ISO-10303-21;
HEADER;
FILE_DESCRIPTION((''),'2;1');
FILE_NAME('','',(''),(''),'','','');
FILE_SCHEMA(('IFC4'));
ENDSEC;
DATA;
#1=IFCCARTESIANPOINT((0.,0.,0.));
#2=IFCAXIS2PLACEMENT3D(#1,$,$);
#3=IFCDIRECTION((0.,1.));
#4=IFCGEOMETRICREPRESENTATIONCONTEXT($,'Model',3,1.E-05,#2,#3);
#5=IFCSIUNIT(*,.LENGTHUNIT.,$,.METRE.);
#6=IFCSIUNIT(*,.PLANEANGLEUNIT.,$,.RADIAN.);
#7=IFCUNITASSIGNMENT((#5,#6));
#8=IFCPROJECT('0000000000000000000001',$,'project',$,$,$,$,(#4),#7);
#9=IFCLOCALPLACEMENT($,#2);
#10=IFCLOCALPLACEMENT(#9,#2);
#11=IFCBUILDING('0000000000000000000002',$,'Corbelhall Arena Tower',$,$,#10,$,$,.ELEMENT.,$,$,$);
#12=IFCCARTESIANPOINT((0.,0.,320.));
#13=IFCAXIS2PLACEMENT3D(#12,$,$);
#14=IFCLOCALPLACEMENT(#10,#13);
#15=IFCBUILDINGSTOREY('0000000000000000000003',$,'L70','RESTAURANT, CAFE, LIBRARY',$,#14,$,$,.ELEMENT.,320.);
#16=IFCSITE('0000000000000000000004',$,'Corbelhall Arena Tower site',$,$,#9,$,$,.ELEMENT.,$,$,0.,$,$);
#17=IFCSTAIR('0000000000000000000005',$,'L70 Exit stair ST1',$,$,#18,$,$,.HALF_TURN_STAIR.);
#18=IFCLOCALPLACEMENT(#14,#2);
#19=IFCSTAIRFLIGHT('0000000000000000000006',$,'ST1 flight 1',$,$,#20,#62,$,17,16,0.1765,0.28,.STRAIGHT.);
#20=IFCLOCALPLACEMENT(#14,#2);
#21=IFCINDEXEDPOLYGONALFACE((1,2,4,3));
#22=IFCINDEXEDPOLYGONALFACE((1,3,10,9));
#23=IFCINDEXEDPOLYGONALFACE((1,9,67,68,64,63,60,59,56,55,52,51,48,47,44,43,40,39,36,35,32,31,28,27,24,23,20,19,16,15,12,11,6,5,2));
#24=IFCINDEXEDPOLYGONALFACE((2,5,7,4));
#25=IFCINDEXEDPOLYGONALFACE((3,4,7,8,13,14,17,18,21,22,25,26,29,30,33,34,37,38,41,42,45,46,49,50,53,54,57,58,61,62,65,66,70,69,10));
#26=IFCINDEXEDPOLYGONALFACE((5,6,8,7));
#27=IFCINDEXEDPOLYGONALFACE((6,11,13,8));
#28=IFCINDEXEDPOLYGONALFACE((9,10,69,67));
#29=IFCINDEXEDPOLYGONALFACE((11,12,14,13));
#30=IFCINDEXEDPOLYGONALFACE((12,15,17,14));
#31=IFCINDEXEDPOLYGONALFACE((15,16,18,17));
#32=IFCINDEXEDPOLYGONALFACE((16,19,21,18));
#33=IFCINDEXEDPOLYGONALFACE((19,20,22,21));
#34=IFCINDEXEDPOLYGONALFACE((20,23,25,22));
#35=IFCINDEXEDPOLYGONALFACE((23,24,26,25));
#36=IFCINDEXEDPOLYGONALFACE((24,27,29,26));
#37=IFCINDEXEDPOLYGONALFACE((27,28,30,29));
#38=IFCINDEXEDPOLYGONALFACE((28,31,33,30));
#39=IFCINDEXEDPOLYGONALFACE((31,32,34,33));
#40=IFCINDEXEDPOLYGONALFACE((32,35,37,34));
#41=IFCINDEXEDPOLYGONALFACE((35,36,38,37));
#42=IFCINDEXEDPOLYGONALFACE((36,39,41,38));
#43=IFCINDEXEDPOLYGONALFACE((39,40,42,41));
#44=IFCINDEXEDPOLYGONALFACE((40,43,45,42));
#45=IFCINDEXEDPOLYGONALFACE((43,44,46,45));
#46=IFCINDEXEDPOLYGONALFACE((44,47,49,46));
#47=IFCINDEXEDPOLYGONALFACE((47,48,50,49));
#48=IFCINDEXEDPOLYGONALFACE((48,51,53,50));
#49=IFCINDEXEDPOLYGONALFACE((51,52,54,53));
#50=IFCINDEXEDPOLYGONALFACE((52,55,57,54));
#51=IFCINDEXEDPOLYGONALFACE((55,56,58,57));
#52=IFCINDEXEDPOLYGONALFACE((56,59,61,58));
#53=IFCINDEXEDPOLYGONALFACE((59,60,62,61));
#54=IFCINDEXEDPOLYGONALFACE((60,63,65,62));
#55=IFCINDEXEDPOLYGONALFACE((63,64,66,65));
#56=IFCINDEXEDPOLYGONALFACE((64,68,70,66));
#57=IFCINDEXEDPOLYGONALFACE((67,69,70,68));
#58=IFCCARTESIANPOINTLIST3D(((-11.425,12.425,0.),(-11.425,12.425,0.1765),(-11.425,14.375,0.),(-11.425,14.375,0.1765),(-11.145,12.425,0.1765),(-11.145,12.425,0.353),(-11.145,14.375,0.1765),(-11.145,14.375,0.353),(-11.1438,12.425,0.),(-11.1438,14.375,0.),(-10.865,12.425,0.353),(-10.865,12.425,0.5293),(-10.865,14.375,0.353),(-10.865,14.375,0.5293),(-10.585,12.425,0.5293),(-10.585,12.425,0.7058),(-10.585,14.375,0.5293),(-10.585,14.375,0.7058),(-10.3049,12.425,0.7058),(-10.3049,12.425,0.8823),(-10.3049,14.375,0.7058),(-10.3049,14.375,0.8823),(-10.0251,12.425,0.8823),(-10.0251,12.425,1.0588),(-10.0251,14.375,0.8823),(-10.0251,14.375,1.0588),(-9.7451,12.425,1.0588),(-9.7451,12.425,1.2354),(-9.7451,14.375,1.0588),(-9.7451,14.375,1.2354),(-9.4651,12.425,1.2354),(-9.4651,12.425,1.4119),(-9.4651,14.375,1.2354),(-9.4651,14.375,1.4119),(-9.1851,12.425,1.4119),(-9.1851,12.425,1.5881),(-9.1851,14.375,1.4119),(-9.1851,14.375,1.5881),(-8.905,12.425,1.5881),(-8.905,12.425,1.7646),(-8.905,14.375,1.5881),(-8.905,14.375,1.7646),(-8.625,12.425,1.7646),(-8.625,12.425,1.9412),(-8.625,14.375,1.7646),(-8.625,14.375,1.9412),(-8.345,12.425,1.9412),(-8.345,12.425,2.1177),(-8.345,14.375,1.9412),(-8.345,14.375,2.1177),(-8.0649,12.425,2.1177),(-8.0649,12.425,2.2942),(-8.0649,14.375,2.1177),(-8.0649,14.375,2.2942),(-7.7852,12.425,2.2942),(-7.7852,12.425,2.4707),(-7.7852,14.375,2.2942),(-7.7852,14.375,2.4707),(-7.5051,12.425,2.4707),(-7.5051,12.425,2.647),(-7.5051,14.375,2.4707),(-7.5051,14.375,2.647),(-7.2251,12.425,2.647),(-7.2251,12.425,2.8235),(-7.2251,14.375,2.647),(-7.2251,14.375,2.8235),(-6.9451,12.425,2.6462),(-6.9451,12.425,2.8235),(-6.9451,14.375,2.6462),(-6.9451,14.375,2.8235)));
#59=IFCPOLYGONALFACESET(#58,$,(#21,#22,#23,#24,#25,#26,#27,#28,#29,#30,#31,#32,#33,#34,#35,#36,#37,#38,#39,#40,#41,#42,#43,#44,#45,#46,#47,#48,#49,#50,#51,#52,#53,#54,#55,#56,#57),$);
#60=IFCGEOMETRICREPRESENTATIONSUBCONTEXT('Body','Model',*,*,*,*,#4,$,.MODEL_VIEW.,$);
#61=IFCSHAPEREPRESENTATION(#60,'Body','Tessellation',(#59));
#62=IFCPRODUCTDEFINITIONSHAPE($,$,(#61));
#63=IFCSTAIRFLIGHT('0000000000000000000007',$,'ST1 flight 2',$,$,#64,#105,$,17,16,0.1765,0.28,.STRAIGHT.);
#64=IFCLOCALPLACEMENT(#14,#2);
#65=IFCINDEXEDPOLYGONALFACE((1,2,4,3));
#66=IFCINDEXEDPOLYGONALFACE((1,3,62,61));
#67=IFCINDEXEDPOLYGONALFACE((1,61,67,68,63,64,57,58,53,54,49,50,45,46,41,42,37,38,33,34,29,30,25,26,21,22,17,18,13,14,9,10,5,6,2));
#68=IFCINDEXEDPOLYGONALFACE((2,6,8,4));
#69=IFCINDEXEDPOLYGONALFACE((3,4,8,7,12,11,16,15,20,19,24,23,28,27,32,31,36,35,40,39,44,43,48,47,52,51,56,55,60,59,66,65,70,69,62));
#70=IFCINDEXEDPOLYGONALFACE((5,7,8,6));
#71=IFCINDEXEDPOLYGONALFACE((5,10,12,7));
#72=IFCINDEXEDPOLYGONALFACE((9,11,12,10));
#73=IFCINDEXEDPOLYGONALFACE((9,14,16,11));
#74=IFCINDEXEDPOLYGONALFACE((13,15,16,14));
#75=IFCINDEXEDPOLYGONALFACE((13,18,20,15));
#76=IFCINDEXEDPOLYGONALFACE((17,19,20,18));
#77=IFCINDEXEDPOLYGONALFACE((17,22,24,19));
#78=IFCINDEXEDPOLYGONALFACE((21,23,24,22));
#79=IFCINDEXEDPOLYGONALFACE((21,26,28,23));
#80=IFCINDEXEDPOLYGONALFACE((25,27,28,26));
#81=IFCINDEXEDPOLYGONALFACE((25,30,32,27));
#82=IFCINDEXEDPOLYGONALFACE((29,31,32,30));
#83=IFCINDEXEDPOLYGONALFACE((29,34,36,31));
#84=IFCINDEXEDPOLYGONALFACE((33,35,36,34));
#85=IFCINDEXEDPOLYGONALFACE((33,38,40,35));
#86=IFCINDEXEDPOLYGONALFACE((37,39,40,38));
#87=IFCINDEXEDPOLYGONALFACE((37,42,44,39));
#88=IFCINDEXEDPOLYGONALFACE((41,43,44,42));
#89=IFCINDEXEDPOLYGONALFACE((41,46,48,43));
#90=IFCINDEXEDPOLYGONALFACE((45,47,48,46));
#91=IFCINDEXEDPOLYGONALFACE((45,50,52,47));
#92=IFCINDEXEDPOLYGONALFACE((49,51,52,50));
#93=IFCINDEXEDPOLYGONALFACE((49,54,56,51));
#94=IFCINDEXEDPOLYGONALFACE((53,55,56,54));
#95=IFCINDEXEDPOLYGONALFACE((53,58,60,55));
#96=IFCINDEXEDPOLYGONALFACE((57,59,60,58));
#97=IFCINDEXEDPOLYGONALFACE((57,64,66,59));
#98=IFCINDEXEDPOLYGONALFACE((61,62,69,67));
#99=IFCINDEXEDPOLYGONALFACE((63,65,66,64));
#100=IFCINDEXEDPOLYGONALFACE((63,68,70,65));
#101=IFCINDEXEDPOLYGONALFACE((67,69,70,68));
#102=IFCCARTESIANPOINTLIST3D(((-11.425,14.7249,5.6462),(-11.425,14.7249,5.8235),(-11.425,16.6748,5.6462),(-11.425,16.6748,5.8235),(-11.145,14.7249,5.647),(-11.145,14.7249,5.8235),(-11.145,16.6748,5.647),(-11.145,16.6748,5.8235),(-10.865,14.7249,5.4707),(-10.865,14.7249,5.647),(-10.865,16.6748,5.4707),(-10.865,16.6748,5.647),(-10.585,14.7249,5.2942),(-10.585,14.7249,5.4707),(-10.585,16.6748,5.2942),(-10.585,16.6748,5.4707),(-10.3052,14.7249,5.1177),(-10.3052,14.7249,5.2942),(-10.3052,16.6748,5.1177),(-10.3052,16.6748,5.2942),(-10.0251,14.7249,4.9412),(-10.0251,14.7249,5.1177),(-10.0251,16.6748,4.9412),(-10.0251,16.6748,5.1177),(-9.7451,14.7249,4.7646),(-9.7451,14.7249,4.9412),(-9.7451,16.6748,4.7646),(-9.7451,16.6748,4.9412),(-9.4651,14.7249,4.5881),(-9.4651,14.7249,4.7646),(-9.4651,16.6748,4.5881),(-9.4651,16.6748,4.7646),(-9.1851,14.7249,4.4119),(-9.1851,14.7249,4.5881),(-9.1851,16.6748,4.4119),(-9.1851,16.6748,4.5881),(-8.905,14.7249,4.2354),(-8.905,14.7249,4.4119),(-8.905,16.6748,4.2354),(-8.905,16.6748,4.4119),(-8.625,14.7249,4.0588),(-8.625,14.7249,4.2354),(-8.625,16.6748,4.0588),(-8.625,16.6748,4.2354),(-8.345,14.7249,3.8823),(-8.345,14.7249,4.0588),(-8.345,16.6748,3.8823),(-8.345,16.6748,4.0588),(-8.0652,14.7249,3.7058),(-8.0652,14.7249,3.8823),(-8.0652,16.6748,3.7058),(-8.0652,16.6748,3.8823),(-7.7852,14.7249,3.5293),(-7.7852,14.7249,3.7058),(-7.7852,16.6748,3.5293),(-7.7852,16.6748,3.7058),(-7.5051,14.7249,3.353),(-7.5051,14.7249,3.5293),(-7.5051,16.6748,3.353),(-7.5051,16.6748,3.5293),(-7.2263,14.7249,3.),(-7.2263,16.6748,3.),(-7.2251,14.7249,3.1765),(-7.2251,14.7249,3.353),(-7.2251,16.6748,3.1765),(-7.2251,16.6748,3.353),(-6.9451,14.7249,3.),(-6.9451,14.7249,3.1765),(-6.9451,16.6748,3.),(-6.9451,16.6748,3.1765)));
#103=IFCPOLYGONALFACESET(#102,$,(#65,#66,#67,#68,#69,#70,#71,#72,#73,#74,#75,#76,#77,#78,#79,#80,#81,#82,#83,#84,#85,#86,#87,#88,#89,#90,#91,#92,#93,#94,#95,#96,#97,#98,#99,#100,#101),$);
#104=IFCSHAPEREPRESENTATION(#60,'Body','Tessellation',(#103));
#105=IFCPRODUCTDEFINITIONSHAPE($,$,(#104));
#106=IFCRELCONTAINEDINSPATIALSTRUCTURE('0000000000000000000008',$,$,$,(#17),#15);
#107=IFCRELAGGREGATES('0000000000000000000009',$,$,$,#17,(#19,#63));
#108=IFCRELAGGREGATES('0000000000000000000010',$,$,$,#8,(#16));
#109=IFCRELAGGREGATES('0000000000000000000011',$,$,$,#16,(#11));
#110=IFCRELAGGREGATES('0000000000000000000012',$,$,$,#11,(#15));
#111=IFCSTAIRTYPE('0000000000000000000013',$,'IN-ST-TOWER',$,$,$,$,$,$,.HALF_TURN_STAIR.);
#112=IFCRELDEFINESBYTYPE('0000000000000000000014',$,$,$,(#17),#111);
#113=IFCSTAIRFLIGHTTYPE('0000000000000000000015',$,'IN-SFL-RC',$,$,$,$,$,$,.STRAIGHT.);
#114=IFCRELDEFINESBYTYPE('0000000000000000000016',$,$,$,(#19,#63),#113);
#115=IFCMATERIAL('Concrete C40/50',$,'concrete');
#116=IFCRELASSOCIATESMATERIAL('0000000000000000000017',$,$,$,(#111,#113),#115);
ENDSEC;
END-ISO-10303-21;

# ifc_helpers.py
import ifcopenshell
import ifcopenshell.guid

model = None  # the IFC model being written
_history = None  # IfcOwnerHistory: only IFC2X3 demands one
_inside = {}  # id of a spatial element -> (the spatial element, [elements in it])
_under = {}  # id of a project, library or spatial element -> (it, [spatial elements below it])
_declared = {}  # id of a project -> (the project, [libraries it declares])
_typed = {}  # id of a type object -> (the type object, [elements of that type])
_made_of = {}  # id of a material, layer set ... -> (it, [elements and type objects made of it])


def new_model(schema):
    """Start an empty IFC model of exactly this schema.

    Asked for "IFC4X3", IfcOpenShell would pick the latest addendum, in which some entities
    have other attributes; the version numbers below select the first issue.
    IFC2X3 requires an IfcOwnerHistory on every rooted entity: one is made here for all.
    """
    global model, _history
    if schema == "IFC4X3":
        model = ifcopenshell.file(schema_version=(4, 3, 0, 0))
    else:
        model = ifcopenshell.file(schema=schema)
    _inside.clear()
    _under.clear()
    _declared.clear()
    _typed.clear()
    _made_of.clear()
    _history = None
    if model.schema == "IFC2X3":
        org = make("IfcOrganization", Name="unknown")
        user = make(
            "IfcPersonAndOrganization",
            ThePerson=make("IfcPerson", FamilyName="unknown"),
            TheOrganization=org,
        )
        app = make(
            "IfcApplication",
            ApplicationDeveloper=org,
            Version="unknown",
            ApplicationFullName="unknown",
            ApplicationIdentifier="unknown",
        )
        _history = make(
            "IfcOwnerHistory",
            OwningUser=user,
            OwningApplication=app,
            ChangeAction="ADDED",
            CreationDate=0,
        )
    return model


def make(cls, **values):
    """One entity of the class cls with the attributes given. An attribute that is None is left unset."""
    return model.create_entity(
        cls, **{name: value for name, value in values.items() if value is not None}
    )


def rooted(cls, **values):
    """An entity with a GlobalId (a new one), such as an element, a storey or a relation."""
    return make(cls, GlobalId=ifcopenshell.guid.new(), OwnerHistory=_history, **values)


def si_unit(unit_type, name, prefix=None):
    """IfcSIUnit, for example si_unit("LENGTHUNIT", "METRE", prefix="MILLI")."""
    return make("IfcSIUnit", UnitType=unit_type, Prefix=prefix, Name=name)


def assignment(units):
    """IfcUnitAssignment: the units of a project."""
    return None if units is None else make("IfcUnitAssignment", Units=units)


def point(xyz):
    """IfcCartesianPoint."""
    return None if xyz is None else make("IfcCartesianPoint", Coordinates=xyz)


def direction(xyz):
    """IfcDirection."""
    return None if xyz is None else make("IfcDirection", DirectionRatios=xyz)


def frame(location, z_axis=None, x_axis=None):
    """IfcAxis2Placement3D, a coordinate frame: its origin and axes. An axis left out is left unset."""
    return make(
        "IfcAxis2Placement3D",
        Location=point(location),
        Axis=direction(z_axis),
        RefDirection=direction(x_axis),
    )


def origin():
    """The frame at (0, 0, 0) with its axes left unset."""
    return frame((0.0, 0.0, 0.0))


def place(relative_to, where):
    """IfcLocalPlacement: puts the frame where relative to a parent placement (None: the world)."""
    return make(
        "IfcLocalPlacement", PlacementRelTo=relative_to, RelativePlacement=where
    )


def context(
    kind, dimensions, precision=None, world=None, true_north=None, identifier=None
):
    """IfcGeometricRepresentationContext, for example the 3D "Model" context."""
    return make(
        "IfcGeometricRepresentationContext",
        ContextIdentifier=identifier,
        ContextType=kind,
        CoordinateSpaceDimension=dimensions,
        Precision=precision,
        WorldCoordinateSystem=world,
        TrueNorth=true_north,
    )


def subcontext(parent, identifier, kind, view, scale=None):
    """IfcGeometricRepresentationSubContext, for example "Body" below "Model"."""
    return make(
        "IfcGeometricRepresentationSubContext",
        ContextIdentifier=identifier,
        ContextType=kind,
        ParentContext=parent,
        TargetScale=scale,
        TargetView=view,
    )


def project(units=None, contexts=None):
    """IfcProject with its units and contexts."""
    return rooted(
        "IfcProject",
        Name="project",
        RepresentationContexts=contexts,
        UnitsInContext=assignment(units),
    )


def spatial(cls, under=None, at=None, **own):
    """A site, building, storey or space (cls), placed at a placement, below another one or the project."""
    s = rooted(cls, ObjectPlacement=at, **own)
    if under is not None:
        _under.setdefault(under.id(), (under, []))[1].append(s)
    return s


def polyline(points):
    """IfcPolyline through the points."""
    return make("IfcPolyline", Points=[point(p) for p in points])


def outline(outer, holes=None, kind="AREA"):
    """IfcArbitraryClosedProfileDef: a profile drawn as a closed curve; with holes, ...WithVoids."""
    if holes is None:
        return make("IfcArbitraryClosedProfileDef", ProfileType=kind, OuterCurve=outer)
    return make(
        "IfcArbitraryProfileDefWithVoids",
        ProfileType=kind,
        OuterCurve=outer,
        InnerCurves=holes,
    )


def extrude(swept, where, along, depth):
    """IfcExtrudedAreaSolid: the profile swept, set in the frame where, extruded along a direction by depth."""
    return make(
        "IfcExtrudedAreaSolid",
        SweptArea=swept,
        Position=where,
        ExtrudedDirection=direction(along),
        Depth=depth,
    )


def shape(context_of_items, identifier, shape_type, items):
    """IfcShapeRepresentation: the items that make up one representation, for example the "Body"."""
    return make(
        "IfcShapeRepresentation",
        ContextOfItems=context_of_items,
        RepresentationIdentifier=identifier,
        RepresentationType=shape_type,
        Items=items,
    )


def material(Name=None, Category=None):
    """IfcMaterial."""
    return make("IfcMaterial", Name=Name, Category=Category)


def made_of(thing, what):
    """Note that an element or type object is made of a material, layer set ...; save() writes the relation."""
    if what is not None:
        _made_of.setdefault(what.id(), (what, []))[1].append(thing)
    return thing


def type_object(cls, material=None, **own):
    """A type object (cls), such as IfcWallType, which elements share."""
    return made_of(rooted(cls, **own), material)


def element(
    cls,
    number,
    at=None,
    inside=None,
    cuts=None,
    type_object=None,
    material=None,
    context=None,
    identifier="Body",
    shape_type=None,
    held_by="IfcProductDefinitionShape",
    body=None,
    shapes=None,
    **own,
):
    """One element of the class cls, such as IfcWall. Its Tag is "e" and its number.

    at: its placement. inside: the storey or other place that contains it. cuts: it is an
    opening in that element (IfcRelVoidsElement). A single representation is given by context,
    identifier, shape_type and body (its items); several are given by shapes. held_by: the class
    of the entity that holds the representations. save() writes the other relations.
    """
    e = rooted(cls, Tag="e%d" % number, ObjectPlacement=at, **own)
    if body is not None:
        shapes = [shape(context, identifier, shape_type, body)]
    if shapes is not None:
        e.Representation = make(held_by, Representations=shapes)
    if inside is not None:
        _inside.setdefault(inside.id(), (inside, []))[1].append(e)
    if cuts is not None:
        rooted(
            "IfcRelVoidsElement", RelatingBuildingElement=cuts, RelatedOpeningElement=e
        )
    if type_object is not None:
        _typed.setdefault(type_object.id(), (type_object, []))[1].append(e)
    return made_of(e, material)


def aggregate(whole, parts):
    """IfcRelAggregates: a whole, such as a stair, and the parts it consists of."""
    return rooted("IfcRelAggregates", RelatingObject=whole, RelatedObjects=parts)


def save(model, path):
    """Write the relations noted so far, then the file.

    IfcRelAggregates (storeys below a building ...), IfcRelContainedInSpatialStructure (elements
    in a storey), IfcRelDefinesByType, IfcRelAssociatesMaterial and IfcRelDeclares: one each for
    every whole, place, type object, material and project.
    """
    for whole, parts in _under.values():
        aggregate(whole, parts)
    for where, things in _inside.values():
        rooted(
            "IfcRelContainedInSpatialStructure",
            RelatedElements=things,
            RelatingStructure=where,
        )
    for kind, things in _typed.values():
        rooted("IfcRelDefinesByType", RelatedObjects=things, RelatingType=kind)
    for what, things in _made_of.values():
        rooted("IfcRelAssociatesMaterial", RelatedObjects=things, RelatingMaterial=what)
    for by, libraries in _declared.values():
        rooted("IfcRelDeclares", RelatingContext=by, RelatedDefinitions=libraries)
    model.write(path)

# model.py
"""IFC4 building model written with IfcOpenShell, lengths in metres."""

from ifc_helpers import new_model, si_unit, direction, frame, origin, place, context, subcontext, project, spatial, polyline, outline, extrude, material, type_object, element, aggregate, save


model = new_model("IFC4")

# Units and contexts
model_context = context("Model", 3, precision=1e-05, world=origin(), true_north=direction((0.0, 1.0)))
body_context = subcontext(model_context, "Body", "Model", "MODEL_VIEW")
ifc_project = project(units=[si_unit("LENGTHUNIT", "METRE"), si_unit("PLANEANGLEUNIT", "RADIAN")], contexts=[model_context])

# Site, building, storey
site_placement = place(None, origin())
site = spatial("IfcSite", under=ifc_project, at=site_placement, Name="Corbelhall Arena Tower site", CompositionType="ELEMENT", RefElevation=0.0)
building_placement = place(site_placement, origin())
building = spatial("IfcBuilding", under=site, at=building_placement, Name="Corbelhall Arena Tower", CompositionType="ELEMENT")
storey_placement = place(building_placement, frame((0.0, 0.0, 320.0)))
storey = spatial("IfcBuildingStorey", under=building, at=storey_placement, Name="L70", Description="RESTAURANT, CAFE, LIBRARY", CompositionType="ELEMENT", Elevation=320.0)

# Shared definitions
ifc_material_1 = material(Name="Concrete C40/50", Category="concrete")

# Stair, stair flights
stair_type = type_object("IfcStairType", Name="IN-ST-TOWER", PredefinedType="HALF_TURN_STAIR", material=ifc_material_1)
stair_placement = place(storey_placement, origin())
stair = element("IfcStair", 1, at=stair_placement, inside=storey, type_object=stair_type, Name="L70 Exit stair ST1", PredefinedType="HALF_TURN_STAIR")
stair_flight_type = type_object("IfcStairFlightType", Name="IN-SFL-RC", PredefinedType="STRAIGHT", material=ifc_material_1)
stair_flight_1_placement = place(storey_placement, frame((-11.425, 13.3999, 0.0), z_axis=(0.0, 0.0, 1.0), x_axis=(1.0, 0.0, 0.0)))
stair_flight_1 = element("IfcStairFlight", 2, at=stair_flight_1_placement, type_object=stair_flight_type, Name="ST1 flight 1", NumberOfRisers=17, NumberOfTreads=16, PredefinedType="STRAIGHT", RiserHeight=0.1765, TreadLength=0.28, context=body_context, shape_type="SweptSolid", body=[
    extrude(outline(polyline([(0.0, 0.0), (0.0, 0.1765), (0.28, 0.1765), (0.28, 0.353), (0.5601, 0.353), (0.5601, 0.5293), (0.8401, 0.5293), (0.8401, 0.7058), (1.1201, 0.7058), (1.1201, 0.8823), (1.3999, 0.8823), (1.3999, 1.0588), (1.6799, 1.0588), (1.6799, 1.2354), (1.96, 1.2354), (1.96, 1.4119), (2.24, 1.4119), (2.24, 1.5881), (2.52, 1.5881), (2.52, 1.7646), (2.8, 1.7646), (2.8, 1.9412), (3.0801, 1.9412), (3.0801, 2.1177), (3.3601, 2.1177), (3.3601, 2.2942), (3.6399, 2.2942), (3.6399, 2.4707), (3.9199, 2.4707), (3.9199, 2.647), (4.2, 2.647), (4.2, 2.8235), (4.48, 2.8235), (4.48, 3.0), (4.48, 2.6462), (0.2812, 0.0), (0.0, 0.0)])), frame((0.0, 0.9751, 0.0), z_axis=(0.0, -1.0, 0.0), x_axis=(1.0, 0.0, 0.0)), (0.0, 0.0, 1.0), 1.95),
])
stair_flight_2_placement = place(storey_placement, frame((-6.9451, 15.7, 3.0), z_axis=(0.0, 0.0, 1.0), x_axis=(-1.0, 0.0, 0.0)))
stair_flight_2 = element("IfcStairFlight", 3, at=stair_flight_2_placement, type_object=stair_flight_type, Name="ST1 flight 2", NumberOfRisers=17, NumberOfTreads=16, PredefinedType="STRAIGHT", RiserHeight=0.1765, TreadLength=0.28, context=body_context, shape_type="SweptSolid", body=[
    extrude(outline(polyline([(0.0, 0.0), (0.0, 0.1765), (0.28, 0.1765), (0.28, 0.353), (0.5601, 0.353), (0.5601, 0.5293), (0.8401, 0.5293), (0.8401, 0.7058), (1.1201, 0.7058), (1.1201, 0.8823), (1.3999, 0.8823), (1.3999, 1.0588), (1.6799, 1.0588), (1.6799, 1.2354), (1.96, 1.2354), (1.96, 1.4119), (2.24, 1.4119), (2.24, 1.5881), (2.52, 1.5881), (2.52, 1.7646), (2.8, 1.7646), (2.8, 1.9412), (3.0801, 1.9412), (3.0801, 2.1177), (3.3601, 2.1177), (3.3601, 2.2942), (3.6399, 2.2942), (3.6399, 2.4707), (3.9199, 2.4707), (3.9199, 2.647), (4.2, 2.647), (4.2, 2.8235), (4.48, 2.8235), (4.48, 3.0), (4.48, 2.6462), (0.2812, 0.0), (0.0, 0.0)])), frame((0.0, 0.9751, 0.0), z_axis=(0.0, -1.0, 0.0), x_axis=(1.0, 0.0, 0.0)), (0.0, 0.0, 1.0), 1.95),
])
aggregate(stair, [stair_flight_1, stair_flight_2])

save(model, "model.ifc")
